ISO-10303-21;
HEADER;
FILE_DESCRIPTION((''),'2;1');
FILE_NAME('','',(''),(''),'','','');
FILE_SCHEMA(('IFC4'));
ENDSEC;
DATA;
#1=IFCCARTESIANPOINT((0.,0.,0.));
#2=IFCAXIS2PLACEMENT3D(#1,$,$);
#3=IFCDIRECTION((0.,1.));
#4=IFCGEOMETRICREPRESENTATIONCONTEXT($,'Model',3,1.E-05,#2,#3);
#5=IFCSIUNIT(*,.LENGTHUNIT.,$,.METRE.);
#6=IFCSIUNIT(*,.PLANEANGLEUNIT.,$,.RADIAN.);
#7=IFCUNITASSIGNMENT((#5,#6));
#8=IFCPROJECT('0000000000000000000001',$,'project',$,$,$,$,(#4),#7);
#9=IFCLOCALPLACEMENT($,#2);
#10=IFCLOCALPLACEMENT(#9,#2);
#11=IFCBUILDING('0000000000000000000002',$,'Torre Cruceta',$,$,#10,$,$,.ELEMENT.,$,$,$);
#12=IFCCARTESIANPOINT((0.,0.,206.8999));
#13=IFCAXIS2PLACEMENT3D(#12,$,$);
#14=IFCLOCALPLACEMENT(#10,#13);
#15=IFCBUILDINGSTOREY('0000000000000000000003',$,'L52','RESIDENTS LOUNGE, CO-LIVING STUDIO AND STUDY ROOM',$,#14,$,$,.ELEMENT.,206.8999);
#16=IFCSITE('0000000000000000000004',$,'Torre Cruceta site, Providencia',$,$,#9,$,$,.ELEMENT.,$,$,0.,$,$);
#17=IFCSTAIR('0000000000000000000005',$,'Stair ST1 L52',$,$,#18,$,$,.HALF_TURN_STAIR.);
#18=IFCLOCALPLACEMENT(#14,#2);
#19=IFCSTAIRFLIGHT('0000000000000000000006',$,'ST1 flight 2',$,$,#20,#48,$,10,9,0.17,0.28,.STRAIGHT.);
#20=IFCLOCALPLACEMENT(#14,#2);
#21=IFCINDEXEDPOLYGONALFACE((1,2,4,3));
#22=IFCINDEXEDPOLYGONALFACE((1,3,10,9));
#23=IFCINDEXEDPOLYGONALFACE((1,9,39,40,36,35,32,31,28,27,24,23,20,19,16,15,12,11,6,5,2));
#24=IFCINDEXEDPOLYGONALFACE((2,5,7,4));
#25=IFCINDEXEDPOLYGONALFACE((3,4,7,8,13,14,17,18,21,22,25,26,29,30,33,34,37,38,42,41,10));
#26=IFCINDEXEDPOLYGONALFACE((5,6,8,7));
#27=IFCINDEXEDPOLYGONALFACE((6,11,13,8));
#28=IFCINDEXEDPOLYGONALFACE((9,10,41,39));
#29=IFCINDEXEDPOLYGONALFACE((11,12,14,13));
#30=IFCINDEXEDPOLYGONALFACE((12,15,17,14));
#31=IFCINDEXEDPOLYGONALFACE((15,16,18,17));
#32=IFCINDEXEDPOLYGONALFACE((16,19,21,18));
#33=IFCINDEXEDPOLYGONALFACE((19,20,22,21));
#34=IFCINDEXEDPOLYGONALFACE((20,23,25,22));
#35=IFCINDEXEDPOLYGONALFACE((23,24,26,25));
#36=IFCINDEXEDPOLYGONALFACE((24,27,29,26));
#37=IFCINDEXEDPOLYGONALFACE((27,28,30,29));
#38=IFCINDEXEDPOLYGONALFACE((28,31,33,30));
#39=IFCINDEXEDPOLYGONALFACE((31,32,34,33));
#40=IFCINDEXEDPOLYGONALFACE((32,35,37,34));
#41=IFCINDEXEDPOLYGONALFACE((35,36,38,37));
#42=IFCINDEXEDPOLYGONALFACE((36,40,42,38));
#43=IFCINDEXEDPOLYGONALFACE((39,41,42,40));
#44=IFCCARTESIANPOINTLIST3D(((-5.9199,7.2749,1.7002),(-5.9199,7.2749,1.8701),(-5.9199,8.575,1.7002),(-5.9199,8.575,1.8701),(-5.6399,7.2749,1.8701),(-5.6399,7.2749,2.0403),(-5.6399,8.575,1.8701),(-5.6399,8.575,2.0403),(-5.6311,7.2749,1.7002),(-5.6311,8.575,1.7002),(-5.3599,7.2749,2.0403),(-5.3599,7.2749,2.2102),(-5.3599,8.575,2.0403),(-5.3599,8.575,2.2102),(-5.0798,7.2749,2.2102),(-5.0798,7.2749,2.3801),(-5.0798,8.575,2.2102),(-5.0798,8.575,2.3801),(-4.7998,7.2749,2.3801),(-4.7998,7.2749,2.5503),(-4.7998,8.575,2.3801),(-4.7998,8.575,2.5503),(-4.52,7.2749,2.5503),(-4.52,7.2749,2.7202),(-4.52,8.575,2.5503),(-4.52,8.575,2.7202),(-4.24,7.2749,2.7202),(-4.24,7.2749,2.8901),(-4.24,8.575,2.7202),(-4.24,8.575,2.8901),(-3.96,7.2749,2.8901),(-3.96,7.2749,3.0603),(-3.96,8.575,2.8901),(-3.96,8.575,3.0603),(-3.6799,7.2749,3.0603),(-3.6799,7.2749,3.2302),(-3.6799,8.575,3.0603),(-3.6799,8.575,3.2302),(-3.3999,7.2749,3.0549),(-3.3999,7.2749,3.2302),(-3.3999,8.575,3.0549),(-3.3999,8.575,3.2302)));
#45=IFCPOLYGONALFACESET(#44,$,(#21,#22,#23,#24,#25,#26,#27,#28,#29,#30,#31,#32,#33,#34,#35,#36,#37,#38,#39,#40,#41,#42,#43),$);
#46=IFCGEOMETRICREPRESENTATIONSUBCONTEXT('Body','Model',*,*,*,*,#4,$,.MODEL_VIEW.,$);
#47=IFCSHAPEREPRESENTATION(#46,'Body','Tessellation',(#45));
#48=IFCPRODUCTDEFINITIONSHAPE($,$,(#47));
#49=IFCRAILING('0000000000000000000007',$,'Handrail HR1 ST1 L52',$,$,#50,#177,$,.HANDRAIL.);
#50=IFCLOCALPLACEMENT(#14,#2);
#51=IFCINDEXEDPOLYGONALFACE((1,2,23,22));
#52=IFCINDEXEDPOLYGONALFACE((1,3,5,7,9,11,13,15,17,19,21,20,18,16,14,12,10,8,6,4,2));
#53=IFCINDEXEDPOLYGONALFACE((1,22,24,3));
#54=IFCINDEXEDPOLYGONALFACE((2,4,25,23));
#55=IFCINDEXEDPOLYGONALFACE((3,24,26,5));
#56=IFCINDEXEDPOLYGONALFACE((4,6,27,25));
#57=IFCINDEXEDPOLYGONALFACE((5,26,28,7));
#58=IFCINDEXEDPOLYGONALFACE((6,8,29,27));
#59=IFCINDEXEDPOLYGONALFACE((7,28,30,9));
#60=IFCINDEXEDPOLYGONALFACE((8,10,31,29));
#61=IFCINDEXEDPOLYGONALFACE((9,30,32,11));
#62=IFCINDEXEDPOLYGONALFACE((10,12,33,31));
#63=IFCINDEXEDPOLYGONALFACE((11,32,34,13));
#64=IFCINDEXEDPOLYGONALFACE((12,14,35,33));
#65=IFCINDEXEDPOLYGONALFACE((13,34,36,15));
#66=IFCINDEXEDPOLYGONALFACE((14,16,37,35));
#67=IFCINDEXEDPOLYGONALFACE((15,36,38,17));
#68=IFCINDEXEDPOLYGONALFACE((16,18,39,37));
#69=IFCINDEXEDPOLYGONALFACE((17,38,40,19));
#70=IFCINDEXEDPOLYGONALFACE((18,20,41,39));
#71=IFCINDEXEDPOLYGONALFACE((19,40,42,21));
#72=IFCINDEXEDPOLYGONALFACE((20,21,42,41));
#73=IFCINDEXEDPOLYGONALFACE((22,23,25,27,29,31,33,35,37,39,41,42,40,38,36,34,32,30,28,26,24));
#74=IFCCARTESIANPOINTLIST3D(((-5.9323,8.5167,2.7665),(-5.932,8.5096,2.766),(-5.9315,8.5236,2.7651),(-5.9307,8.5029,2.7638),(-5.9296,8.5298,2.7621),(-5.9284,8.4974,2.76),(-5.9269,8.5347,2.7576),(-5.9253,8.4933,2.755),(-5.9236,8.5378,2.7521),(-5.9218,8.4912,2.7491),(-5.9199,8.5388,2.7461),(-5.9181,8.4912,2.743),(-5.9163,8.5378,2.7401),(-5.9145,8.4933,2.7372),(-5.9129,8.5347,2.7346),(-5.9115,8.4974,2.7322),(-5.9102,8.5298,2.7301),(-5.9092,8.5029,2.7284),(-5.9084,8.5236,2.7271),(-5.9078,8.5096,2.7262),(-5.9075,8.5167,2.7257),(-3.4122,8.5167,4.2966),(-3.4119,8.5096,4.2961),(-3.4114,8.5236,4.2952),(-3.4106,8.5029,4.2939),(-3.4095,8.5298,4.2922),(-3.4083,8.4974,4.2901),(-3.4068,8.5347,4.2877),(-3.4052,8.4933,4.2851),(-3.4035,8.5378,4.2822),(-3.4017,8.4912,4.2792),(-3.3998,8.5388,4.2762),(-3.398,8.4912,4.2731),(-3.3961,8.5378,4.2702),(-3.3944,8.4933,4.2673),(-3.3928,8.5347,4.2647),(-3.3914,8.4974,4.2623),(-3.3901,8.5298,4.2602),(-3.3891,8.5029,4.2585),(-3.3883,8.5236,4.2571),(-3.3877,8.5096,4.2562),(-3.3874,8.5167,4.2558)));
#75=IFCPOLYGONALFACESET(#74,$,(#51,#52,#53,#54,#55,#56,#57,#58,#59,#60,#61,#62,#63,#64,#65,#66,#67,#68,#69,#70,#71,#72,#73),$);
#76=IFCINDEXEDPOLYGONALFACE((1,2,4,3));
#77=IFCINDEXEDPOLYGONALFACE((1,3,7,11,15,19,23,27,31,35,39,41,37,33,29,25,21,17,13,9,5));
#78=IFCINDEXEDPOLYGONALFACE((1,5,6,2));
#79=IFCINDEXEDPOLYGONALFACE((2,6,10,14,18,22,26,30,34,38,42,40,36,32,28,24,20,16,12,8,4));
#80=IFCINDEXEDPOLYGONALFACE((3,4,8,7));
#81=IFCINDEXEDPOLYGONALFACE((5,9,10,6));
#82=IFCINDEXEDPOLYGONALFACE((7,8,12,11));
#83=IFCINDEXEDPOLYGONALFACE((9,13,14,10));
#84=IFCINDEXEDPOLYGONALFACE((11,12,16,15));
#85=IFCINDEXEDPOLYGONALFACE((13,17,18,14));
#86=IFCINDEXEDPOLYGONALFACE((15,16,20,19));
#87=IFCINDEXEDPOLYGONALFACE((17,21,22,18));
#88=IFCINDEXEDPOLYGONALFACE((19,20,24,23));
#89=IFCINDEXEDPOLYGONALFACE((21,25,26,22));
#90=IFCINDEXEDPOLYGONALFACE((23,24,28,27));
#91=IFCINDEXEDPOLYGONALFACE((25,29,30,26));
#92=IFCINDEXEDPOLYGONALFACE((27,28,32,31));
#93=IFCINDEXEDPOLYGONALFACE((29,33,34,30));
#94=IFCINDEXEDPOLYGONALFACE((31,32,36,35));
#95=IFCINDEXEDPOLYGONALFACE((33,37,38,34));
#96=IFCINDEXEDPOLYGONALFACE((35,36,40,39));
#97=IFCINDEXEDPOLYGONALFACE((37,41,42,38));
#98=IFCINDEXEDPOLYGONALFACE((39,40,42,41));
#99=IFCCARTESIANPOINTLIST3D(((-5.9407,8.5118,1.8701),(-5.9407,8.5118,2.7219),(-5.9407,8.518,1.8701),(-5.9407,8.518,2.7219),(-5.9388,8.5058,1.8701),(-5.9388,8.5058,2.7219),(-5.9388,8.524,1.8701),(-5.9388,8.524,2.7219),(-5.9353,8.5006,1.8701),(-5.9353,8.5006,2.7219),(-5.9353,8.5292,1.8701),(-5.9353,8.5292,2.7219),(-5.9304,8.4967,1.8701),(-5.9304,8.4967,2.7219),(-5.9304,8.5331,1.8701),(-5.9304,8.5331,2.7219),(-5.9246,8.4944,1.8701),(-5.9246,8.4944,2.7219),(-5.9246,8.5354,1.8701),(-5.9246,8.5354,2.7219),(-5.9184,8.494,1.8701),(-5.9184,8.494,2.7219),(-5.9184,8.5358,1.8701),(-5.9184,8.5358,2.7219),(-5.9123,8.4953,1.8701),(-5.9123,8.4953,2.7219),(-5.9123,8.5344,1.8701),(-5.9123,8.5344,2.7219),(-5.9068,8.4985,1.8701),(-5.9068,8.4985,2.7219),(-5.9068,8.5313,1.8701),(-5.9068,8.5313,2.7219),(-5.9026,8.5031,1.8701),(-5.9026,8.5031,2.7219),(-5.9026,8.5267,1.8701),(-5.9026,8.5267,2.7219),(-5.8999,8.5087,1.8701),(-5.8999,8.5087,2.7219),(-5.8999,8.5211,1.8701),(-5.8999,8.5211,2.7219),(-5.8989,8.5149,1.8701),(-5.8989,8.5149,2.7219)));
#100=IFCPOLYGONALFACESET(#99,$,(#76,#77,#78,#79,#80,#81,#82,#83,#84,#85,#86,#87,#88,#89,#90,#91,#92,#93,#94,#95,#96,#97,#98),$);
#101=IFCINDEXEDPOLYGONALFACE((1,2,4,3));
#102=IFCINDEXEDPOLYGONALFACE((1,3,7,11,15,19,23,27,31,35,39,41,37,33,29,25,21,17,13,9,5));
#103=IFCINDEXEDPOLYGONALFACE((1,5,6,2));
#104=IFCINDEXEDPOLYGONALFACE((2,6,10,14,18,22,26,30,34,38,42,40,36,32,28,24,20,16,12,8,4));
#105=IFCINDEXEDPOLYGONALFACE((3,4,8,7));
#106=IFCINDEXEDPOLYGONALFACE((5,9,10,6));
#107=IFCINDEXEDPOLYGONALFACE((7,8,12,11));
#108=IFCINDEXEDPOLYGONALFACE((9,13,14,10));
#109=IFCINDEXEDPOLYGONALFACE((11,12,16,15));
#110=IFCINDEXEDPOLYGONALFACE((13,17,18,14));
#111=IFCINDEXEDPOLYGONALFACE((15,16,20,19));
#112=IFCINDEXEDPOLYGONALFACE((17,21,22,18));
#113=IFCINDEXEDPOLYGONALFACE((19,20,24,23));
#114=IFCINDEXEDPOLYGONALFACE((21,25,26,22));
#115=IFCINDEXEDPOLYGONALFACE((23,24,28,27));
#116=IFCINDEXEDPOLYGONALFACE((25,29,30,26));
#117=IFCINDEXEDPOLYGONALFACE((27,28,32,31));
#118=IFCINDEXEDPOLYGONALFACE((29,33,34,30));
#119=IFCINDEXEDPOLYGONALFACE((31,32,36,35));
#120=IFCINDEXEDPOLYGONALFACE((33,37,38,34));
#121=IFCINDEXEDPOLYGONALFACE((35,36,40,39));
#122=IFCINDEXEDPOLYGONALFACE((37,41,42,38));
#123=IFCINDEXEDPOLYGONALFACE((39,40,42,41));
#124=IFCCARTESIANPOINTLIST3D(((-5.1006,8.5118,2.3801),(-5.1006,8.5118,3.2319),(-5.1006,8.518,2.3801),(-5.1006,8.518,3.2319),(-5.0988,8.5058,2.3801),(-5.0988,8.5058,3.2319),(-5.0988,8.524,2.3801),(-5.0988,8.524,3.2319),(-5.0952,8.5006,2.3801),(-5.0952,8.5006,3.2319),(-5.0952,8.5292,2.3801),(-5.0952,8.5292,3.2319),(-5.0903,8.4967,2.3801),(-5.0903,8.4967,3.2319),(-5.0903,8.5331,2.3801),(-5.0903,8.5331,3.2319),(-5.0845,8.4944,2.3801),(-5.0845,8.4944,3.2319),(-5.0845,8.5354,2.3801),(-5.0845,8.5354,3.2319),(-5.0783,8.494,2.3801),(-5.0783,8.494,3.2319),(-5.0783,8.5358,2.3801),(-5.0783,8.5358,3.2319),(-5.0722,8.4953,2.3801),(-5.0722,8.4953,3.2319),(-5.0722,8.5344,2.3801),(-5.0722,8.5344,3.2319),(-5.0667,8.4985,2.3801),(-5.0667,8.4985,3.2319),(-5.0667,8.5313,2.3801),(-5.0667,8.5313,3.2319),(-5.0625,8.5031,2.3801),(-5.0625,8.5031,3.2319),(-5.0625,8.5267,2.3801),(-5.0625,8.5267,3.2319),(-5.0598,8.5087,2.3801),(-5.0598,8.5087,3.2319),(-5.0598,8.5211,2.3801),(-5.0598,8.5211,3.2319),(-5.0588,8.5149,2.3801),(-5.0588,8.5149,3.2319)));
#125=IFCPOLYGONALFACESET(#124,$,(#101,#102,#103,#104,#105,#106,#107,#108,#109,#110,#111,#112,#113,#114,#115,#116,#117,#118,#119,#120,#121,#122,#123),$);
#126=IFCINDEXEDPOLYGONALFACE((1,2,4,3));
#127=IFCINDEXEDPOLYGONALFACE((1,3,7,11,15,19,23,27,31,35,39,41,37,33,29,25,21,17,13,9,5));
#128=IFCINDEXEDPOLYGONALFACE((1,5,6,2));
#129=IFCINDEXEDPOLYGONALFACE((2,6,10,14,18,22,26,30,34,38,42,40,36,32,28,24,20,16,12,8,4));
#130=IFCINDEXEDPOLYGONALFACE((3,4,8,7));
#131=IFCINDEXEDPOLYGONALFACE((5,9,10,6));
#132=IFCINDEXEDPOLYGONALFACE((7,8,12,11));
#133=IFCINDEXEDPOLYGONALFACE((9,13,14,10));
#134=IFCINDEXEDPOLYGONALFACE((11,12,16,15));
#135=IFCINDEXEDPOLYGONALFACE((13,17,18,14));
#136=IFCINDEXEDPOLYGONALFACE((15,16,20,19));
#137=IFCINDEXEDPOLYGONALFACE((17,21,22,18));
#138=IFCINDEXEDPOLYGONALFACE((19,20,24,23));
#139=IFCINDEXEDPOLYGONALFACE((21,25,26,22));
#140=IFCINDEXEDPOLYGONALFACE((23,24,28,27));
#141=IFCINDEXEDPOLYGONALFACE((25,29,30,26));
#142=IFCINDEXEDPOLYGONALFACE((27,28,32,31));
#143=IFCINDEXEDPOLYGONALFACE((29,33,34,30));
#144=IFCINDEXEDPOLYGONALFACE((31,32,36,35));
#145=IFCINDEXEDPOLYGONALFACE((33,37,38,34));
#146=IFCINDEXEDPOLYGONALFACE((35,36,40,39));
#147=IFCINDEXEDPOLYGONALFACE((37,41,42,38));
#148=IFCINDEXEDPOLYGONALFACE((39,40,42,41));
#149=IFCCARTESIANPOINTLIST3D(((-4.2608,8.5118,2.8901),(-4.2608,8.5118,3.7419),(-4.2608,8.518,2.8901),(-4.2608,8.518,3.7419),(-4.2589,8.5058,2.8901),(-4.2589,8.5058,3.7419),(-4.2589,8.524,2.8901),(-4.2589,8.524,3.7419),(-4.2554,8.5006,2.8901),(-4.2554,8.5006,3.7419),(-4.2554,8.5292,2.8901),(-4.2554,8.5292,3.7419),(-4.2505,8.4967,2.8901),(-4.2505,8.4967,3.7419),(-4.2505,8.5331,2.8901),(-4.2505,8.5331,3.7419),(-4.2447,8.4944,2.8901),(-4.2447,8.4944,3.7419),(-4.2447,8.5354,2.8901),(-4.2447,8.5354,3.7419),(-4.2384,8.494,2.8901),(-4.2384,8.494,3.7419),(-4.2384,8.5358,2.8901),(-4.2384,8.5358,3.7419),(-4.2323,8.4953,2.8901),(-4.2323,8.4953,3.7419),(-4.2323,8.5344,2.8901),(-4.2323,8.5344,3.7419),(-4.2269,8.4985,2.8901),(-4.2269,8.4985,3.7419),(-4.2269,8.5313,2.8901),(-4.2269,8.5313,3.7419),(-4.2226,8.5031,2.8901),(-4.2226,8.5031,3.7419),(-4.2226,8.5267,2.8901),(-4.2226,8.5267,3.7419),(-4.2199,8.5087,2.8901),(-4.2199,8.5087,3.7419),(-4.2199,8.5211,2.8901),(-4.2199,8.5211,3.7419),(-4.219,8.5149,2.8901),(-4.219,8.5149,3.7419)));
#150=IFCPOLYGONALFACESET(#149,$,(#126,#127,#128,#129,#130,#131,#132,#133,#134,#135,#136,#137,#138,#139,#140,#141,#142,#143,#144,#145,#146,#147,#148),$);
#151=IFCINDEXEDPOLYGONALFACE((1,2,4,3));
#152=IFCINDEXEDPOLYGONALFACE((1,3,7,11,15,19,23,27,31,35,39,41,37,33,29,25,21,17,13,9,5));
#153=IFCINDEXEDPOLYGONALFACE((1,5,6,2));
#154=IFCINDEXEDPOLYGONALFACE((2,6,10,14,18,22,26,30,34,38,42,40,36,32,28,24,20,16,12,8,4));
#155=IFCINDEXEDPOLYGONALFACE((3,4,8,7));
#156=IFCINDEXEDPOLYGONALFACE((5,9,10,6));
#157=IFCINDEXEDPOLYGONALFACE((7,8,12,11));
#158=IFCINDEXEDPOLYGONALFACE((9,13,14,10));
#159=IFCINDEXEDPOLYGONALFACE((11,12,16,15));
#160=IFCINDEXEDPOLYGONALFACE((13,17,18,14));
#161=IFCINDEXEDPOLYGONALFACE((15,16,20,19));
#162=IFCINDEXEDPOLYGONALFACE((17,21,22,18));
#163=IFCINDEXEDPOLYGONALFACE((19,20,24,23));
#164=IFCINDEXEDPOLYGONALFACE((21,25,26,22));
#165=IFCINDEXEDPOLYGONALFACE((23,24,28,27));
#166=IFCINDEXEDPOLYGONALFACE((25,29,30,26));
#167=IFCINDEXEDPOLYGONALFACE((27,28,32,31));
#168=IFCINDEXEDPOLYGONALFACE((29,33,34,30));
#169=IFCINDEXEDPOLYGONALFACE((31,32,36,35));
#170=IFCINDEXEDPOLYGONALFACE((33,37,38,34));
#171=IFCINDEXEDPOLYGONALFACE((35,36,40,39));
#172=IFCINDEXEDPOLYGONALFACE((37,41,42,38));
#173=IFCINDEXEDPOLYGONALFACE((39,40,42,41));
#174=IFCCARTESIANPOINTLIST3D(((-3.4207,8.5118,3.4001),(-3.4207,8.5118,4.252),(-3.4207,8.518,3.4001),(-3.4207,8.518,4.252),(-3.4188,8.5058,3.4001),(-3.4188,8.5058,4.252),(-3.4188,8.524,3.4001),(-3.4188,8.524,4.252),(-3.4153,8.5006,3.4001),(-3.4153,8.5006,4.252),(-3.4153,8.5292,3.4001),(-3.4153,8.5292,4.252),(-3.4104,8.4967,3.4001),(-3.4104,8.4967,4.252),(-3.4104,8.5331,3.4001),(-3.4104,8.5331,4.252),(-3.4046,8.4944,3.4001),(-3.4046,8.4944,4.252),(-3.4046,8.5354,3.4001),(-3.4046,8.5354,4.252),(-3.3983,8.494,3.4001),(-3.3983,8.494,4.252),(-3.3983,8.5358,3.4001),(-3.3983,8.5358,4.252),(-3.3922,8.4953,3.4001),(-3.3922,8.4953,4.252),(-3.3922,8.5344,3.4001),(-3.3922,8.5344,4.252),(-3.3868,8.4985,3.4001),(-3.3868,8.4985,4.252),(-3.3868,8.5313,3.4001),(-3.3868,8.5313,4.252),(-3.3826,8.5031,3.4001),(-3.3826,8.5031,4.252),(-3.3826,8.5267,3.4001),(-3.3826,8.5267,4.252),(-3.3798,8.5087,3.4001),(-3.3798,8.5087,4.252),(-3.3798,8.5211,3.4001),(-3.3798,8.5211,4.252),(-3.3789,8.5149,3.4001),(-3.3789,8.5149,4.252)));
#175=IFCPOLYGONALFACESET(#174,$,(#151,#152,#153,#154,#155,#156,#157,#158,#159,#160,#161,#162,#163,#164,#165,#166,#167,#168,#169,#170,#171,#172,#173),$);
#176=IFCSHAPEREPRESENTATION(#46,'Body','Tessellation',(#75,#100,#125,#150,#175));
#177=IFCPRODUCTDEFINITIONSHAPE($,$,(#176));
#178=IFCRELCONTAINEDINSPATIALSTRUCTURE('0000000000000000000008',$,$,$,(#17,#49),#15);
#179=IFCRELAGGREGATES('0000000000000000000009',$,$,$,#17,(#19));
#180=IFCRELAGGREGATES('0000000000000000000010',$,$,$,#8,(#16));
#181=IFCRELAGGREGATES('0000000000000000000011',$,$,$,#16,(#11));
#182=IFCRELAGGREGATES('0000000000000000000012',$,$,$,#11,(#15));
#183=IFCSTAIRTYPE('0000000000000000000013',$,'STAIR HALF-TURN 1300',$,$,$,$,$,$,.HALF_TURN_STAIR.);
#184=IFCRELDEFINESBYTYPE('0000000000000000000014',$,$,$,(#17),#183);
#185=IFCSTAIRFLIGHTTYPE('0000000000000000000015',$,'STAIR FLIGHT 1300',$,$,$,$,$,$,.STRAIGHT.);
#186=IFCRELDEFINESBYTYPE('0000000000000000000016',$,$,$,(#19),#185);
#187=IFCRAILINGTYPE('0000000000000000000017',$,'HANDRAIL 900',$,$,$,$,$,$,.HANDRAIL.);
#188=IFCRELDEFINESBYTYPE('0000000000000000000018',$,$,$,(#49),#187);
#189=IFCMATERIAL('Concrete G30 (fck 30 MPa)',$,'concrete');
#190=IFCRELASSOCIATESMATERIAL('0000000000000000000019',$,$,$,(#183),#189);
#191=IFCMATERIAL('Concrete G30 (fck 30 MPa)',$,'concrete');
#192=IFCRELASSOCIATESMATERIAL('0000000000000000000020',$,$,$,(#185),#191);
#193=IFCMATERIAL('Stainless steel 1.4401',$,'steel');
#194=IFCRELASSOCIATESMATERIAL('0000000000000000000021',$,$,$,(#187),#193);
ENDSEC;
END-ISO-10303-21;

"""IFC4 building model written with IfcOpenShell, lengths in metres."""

from ifc_helpers import new_model, si_unit, direction, frame, origin, origin_2d, place, context, subcontext, project, spatial, polyline, circle, outline, extrude, material, type_object, element, aggregate, save


model = new_model("IFC4")

# Units and contexts
model_context = context("Model", 3, precision=1e-05, world=origin(), true_north=direction((0.0, 1.0)))
body_context = subcontext(model_context, "Body", "Model", "MODEL_VIEW")
ifc_project = project(units=[si_unit("LENGTHUNIT", "METRE"), si_unit("PLANEANGLEUNIT", "RADIAN")], contexts=[model_context])

# Site, building, storey
site_placement = place(None, origin())
site = spatial("IfcSite", under=ifc_project, at=site_placement, Name="Torre Cruceta site, Providencia", CompositionType="ELEMENT", RefElevation=0.0)
building_placement = place(site_placement, origin())
building = spatial("IfcBuilding", under=site, at=building_placement, Name="Torre Cruceta", CompositionType="ELEMENT")
storey_placement = place(building_placement, frame((0.0, 0.0, 206.8999)))
storey = spatial("IfcBuildingStorey", under=building, at=storey_placement, Name="L52", Description="RESIDENTS LOUNGE, CO-LIVING STUDIO AND STUDY ROOM", CompositionType="ELEMENT", Elevation=206.8999)

# Stair, stair flight
ifc_material_1 = material(Name="Concrete G30 (fck 30 MPa)", Category="concrete")
stair_type = type_object("IfcStairType", Name="STAIR HALF-TURN 1300", PredefinedType="HALF_TURN_STAIR", material=ifc_material_1)
stair_placement = place(storey_placement, origin())
stair = element("IfcStair", 1, at=stair_placement, inside=storey, type_object=stair_type, Name="Stair ST1 L52", PredefinedType="HALF_TURN_STAIR")
ifc_material_2 = material(Name="Concrete G30 (fck 30 MPa)", Category="concrete")
stair_flight_type = type_object("IfcStairFlightType", Name="STAIR FLIGHT 1300", PredefinedType="STRAIGHT", material=ifc_material_2)
stair_flight_placement = place(storey_placement, frame((-5.9199, 7.925, 1.7002), z_axis=(0.0, 0.0, 1.0), x_axis=(1.0, 0.0, 0.0)))
stair_flight = element("IfcStairFlight", 2, at=stair_flight_placement, type_object=stair_flight_type, Name="ST1 flight 2", NumberOfRisers=10, NumberOfTreads=9, PredefinedType="STRAIGHT", RiserHeight=0.17, TreadLength=0.28, context=body_context, shape_type="SweptSolid", body=[
    extrude(outline(polyline([(0.0, 0.0), (0.0, 0.1699), (0.28, 0.1699), (0.28, 0.3401), (0.5601, 0.3401), (0.5601, 0.51), (0.8401, 0.51), (0.8401, 0.6799), (1.1201, 0.6799), (1.1201, 0.8501), (1.3999, 0.8501), (1.3999, 1.02), (1.6799, 1.02), (1.6799, 1.1899), (1.96, 1.1899), (1.96, 1.3601), (2.24, 1.3601), (2.24, 1.53), (2.52, 1.53), (2.52, 1.7), (2.52, 1.3547), (0.2888, 0.0), (0.0, 0.0)])), frame((0.0, 0.6499, 0.0), z_axis=(0.0, -1.0, 0.0), x_axis=(1.0, 0.0, 0.0)), (0.0, 0.0, 1.0), 1.3),
])
aggregate(stair, [stair_flight])

# Railing
ifc_material_3 = material(Name="Stainless steel 1.4401", Category="steel")
railing_type = type_object("IfcRailingType", Name="HANDRAIL 900", PredefinedType="HANDRAIL", material=ifc_material_3)
railing_placement = place(storey_placement, frame((-5.9199, 8.5149, 1.8701)))
element("IfcRailing", 3, at=railing_placement, inside=storey, type_object=railing_type, Name="Handrail HR1 ST1 L52", PredefinedType="HANDRAIL", context=body_context, shape_type="SweptSolid", body=[
    extrude(circle(Radius=0.0239, at=origin_2d()), frame((0.0, 0.0, 0.876), z_axis=(0.854785, 0.0, 0.518982), x_axis=(0.0, 1.0, 0.0)), (0.0, 0.0, 1.0), 2.9482),
    extrude(circle(Radius=0.021, at=origin_2d()), origin(), (0.0, 0.0, 1.0), 0.8518),
    extrude(circle(Radius=0.021, at=origin_2d()), frame((0.8401, 0.0, 0.51)), (0.0, 0.0, 1.0), 0.8518),
    extrude(circle(Radius=0.021, at=origin_2d()), frame((1.6799, 0.0, 1.02)), (0.0, 0.0, 1.0), 0.8518),
    extrude(circle(Radius=0.021, at=origin_2d()), frame((2.52, 0.0, 1.53)), (0.0, 0.0, 1.0), 0.8518),
])

save(model, "model.ifc")
